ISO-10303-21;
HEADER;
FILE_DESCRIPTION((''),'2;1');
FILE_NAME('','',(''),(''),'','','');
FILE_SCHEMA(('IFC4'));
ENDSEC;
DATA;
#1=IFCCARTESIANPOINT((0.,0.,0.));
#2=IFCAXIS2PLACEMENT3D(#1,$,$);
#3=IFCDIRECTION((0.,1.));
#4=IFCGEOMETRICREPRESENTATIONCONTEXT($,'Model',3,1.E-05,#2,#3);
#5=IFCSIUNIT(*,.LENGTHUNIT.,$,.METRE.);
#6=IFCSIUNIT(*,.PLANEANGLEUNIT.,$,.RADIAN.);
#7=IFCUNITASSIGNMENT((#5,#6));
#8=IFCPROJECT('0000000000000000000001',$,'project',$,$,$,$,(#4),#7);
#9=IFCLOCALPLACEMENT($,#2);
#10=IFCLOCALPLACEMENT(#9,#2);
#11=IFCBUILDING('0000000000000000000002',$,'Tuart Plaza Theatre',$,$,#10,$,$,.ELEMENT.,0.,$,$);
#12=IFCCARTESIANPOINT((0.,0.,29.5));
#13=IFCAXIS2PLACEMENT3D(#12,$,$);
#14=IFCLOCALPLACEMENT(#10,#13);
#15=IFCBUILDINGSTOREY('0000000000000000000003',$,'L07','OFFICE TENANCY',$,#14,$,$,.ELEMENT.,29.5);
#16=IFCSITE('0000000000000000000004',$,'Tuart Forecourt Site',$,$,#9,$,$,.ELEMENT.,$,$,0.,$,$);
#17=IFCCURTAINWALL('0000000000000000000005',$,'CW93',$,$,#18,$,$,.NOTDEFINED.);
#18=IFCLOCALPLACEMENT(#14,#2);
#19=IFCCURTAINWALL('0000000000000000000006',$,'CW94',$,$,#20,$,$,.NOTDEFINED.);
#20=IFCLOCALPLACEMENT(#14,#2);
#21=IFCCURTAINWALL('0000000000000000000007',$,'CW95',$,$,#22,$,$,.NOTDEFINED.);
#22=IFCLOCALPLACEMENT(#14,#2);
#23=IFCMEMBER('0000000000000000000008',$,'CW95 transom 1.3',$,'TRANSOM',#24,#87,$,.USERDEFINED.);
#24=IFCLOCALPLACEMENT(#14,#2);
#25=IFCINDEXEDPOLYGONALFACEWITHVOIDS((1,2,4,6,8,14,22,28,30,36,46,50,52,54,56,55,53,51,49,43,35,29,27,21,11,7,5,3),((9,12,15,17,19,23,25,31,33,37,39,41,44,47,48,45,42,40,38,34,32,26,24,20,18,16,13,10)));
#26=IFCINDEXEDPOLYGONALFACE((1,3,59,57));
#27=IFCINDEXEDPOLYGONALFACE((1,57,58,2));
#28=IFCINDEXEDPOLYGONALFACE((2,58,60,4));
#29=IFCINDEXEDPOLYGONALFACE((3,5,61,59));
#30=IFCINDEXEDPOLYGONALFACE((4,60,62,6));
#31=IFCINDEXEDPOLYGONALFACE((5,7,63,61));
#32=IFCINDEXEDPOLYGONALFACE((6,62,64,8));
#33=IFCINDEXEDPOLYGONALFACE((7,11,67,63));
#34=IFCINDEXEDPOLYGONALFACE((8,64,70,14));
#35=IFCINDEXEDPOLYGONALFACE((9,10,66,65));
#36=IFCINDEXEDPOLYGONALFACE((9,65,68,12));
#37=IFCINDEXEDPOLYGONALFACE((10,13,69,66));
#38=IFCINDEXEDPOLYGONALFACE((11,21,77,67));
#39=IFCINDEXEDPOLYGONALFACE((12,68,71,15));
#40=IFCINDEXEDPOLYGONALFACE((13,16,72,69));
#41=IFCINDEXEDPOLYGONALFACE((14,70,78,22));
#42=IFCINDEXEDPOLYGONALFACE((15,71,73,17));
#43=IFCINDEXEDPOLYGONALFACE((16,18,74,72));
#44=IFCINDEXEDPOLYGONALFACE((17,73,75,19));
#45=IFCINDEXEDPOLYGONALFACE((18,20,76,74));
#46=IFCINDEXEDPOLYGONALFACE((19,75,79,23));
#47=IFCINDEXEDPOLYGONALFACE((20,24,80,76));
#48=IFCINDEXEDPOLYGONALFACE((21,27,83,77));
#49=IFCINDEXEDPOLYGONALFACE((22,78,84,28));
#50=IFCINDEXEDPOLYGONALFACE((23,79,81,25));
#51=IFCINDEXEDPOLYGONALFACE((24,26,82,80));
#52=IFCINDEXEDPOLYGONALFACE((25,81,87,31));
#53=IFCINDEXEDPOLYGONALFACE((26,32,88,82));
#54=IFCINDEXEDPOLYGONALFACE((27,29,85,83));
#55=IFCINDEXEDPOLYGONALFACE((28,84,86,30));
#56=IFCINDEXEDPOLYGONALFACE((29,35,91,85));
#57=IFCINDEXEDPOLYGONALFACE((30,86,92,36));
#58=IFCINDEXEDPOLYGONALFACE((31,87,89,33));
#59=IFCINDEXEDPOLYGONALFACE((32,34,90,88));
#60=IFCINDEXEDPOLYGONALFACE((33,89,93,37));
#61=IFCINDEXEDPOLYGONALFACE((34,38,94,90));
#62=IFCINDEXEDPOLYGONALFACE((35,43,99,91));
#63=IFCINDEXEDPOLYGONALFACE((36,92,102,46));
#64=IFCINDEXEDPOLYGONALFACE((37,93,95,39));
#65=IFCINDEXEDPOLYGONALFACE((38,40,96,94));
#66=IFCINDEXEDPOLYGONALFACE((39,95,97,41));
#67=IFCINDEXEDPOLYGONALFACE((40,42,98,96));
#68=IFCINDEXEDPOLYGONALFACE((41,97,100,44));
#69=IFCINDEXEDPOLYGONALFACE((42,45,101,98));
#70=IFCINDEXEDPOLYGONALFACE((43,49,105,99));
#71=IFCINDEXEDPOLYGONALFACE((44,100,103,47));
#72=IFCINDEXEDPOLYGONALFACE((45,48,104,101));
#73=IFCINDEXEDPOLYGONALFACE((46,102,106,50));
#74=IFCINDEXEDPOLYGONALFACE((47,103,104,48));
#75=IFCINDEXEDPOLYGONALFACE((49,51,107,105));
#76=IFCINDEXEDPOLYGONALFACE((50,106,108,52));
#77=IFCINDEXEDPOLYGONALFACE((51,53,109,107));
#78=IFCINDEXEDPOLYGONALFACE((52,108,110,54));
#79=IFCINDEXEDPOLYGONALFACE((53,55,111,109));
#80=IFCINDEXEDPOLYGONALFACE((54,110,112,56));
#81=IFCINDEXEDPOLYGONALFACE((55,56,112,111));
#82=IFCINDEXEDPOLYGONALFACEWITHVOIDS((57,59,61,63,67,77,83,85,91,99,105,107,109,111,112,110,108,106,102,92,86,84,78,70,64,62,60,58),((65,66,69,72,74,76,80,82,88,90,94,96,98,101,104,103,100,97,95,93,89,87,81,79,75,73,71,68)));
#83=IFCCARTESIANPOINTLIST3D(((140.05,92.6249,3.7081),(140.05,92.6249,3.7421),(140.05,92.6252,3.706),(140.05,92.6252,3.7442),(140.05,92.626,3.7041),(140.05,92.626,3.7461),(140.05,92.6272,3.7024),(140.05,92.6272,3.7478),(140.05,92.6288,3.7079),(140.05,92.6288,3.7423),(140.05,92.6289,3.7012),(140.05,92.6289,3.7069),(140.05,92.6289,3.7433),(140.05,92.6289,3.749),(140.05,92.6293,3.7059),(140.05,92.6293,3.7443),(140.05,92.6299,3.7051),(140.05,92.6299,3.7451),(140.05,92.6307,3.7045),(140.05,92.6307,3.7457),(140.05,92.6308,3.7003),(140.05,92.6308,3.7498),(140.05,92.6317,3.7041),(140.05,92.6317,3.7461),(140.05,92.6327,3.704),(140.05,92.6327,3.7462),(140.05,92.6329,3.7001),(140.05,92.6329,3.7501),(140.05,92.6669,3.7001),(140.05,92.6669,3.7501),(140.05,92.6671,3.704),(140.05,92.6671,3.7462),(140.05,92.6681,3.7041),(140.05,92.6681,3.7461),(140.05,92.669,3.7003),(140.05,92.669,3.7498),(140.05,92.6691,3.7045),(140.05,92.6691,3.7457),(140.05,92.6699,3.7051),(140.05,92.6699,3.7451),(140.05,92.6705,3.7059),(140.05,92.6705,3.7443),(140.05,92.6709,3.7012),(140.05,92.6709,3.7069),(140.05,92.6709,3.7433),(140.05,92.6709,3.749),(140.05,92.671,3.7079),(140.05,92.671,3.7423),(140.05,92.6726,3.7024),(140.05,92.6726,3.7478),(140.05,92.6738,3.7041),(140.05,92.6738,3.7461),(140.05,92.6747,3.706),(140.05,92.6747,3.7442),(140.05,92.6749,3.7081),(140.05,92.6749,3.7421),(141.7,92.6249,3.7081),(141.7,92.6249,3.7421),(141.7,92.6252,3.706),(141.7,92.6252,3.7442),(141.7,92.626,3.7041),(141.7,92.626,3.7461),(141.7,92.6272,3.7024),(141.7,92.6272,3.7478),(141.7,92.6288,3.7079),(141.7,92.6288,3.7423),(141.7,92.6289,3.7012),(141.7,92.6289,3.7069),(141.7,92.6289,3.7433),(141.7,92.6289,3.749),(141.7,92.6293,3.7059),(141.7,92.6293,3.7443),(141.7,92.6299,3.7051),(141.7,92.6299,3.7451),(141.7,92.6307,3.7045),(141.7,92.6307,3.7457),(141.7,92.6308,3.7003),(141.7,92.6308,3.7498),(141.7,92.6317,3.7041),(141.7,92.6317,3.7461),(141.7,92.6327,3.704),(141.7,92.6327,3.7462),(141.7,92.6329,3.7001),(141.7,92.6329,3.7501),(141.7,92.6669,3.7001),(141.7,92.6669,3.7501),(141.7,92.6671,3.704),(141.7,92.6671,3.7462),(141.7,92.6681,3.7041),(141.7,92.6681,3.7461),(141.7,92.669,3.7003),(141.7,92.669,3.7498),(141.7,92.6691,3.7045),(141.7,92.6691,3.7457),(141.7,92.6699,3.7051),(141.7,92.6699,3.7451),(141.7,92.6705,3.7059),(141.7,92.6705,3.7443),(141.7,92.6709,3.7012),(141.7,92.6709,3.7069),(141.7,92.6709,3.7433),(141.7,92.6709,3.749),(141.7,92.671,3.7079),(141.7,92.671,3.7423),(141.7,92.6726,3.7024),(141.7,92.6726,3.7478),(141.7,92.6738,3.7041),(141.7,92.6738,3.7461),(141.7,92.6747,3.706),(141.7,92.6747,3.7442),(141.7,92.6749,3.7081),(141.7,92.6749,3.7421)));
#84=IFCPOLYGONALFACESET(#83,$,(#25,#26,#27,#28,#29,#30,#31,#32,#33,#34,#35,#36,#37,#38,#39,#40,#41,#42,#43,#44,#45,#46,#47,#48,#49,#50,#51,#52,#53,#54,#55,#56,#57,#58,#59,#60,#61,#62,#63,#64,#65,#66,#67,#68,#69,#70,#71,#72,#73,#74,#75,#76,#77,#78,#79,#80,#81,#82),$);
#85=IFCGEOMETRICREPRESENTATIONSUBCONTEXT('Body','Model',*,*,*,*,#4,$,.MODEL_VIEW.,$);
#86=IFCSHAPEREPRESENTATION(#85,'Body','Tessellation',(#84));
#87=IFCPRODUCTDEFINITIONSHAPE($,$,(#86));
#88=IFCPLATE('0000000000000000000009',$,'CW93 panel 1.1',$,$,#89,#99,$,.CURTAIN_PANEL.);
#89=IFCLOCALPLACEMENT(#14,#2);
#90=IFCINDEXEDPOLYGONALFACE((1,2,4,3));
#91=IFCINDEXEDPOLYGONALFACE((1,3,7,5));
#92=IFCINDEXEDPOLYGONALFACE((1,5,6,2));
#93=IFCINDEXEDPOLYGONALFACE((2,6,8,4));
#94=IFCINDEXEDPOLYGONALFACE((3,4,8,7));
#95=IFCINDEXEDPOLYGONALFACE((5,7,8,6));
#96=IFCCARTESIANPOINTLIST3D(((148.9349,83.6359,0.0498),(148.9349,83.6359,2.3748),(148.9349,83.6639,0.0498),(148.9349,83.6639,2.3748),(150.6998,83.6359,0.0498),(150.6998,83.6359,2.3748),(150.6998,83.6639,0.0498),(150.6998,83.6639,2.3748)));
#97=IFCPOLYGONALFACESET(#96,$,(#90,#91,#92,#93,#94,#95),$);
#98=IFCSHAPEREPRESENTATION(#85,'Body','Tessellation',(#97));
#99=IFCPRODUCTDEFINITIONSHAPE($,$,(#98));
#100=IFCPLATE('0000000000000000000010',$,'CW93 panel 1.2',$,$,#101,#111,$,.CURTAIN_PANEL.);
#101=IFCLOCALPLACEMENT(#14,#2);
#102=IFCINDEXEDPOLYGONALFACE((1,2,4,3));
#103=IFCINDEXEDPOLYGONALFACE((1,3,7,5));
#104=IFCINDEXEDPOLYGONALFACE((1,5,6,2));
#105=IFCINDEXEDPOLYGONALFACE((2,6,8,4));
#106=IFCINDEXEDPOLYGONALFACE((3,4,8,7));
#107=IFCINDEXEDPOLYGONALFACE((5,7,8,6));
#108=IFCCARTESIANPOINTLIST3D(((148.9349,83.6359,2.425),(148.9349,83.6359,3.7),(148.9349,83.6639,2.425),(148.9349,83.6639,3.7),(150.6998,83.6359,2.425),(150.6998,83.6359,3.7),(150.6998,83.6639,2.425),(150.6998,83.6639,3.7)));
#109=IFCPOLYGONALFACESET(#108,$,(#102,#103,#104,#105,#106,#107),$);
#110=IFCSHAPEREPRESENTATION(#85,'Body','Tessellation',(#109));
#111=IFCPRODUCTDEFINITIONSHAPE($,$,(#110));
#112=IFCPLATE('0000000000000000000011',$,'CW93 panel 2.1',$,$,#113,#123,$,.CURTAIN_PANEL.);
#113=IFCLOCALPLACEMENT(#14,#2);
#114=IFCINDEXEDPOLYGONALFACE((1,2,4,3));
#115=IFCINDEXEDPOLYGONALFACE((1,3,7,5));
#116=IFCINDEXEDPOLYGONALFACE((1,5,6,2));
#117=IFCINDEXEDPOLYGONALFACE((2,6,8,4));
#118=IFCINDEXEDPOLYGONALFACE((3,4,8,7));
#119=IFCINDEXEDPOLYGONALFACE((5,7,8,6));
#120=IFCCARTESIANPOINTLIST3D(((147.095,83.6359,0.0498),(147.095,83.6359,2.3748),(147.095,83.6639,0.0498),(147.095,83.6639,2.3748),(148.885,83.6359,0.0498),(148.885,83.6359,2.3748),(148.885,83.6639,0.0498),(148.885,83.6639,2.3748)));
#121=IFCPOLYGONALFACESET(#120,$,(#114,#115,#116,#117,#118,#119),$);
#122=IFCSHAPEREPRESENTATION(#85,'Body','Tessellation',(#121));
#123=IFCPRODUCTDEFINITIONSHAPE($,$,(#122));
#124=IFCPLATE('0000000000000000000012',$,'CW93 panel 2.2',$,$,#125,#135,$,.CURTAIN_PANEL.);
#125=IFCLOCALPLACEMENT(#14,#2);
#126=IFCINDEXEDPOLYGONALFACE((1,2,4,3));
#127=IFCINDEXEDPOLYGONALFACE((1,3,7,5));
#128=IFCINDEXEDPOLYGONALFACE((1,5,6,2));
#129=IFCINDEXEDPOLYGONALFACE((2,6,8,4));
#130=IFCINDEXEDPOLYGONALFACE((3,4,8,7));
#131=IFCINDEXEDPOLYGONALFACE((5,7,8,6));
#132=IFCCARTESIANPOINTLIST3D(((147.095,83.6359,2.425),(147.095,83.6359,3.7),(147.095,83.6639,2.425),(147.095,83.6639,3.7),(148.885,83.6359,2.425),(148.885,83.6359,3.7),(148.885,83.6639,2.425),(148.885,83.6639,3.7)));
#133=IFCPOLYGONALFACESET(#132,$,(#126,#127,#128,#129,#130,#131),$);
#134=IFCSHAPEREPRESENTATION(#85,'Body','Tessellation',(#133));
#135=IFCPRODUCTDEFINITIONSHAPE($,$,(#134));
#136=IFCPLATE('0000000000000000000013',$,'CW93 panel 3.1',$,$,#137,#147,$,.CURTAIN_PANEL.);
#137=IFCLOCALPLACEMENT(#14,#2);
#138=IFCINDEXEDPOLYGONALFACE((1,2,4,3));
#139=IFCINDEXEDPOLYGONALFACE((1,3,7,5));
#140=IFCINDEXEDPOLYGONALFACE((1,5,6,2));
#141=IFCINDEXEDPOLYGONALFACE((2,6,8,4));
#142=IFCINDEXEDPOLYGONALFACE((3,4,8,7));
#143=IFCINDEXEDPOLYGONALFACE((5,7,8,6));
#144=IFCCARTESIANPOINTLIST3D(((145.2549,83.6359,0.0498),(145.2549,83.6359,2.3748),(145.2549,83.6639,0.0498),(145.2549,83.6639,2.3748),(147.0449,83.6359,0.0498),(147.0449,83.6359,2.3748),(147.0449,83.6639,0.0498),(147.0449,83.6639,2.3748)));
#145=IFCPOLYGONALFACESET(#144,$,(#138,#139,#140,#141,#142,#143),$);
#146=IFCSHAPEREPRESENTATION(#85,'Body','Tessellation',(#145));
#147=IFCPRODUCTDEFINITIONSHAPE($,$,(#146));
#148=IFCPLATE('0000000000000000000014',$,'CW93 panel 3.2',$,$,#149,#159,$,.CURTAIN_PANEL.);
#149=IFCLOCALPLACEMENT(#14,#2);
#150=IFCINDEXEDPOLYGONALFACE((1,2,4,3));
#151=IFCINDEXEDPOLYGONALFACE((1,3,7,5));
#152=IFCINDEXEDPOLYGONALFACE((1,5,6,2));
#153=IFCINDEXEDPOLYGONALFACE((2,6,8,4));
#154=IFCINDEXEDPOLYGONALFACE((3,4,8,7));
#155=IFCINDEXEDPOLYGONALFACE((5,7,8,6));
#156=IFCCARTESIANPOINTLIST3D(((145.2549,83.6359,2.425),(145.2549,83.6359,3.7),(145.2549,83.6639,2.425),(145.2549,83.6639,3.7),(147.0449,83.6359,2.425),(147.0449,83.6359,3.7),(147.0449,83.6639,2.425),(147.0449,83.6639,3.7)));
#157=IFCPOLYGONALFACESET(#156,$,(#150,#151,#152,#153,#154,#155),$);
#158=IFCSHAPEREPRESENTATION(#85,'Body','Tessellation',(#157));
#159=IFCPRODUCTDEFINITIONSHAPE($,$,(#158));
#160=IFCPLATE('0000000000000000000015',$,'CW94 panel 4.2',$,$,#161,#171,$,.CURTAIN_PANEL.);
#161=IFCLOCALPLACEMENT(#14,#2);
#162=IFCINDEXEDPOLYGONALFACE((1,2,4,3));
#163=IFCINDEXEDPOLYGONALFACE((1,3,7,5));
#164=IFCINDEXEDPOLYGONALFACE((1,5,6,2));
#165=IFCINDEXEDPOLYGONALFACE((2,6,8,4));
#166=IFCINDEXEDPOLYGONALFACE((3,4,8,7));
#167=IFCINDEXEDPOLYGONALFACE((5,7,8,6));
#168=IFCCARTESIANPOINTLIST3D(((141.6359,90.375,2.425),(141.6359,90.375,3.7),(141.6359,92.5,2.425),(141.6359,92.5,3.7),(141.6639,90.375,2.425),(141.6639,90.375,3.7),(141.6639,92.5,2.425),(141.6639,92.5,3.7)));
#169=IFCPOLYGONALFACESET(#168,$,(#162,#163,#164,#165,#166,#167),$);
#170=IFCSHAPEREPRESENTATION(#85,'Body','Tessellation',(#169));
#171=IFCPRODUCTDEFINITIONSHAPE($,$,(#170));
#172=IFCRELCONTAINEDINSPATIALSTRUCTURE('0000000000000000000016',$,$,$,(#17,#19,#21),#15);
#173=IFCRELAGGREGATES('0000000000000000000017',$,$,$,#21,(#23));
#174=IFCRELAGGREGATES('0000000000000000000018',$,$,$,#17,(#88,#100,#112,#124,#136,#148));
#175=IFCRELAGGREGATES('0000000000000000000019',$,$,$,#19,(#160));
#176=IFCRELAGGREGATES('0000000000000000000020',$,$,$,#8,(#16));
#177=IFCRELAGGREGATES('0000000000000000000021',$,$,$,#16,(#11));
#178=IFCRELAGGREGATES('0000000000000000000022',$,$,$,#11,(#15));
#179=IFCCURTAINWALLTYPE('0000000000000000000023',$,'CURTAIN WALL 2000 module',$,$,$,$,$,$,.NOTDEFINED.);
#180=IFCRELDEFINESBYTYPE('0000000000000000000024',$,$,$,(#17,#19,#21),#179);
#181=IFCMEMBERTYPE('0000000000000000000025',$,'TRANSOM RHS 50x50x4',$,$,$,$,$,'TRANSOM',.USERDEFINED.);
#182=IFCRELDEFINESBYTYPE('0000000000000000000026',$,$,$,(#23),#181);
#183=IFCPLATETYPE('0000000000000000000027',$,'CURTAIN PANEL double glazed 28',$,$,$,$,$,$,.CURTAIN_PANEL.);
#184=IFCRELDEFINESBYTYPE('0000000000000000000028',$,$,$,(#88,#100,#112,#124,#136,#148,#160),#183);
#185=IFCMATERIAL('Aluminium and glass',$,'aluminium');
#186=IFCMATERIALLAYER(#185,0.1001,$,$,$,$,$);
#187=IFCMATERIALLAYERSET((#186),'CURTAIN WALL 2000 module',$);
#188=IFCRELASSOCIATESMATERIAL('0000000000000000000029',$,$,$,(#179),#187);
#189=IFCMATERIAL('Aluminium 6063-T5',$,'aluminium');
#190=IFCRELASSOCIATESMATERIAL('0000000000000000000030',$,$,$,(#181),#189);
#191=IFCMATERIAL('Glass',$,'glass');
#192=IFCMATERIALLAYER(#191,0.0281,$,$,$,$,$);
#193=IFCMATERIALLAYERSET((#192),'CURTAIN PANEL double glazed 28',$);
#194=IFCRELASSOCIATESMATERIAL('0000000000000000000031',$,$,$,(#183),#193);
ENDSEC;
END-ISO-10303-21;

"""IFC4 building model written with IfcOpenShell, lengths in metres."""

from ifc_helpers import new_model, si_unit, direction, frame, origin, origin_2d, place, context, subcontext, project, spatial, rectangle, hollow_rectangle, extrude, material, layer, layer_set, material_profile, profile_set, type_object, element, aggregate, save


model = new_model("IFC4")

# Units and contexts
model_context = context("Model", 3, precision=1e-05, world=origin(), true_north=direction((0.0, 1.0)))
body_context = subcontext(model_context, "Body", "Model", "MODEL_VIEW")
ifc_project = project(units=[si_unit("LENGTHUNIT", "METRE"), si_unit("PLANEANGLEUNIT", "RADIAN")], contexts=[model_context])

# Site, building, storey
site_placement = place(None, origin())
site = spatial("IfcSite", under=ifc_project, at=site_placement, Name="Tuart Forecourt Site", CompositionType="ELEMENT", RefElevation=0.0)
building_placement = place(site_placement, origin())
building = spatial("IfcBuilding", under=site, at=building_placement, Name="Tuart Plaza Theatre", CompositionType="ELEMENT", ElevationOfRefHeight=0.0)
storey_placement = place(building_placement, frame((0.0, 0.0, 29.5)))
storey = spatial("IfcBuildingStorey", under=building, at=storey_placement, Name="L07", Description="OFFICE TENANCY", CompositionType="ELEMENT", Elevation=29.5)

# Curtain wall
ifc_material_1 = material(Name="Aluminium and glass", Category="aluminium")
ifc_layer_1 = layer(ifc_material_1, 0.1001)
ifc_layer_set_1 = layer_set([ifc_layer_1], Name="CURTAIN WALL 2000 module")
curtain_wall_type = type_object("IfcCurtainWallType", Name="CURTAIN WALL 2000 module", PredefinedType="NOTDEFINED", material=ifc_layer_set_1)
curtain_wall_1_placement = place(storey_placement, origin())
curtain_wall_1 = element("IfcCurtainWall", 1, at=curtain_wall_1_placement, inside=storey, type_object=curtain_wall_type, Name="CW93", PredefinedType="NOTDEFINED")

# Curtain walls
curtain_wall_2_placement = place(storey_placement, origin())
curtain_wall_2 = element("IfcCurtainWall", 2, at=curtain_wall_2_placement, inside=storey, type_object=curtain_wall_type, Name="CW94", PredefinedType="NOTDEFINED")
curtain_wall_3_placement = place(storey_placement, origin())
curtain_wall_3 = element("IfcCurtainWall", 3, at=curtain_wall_3_placement, inside=storey, type_object=curtain_wall_type, Name="CW95", PredefinedType="NOTDEFINED")

# Member
ifc_material_2 = material(Name="Aluminium 6063-T5", Category="aluminium")
ifc_material_profile_1 = material_profile(ifc_material_2, hollow_rectangle(XDim=0.05, YDim=0.05, WallThickness=0.0039, InnerFilletRadius=0.0039, OuterFilletRadius=0.0081, at=origin_2d()), Name="RHS 50x50x4")
ifc_profile_set_1 = profile_set([ifc_material_profile_1], Name="Aluminium 6063-T5")
member_type_1 = type_object("IfcMemberType", Name="TRANSOM RHS 50x50x4", ElementType="TRANSOM", PredefinedType="USERDEFINED", material=ifc_profile_set_1)
member_1_placement = place(storey_placement, frame((141.7, 92.6499, 3.7251), z_axis=(-1.0, 0.0, 0.0), x_axis=(0.0, -1.0, 0.0)))
member_1 = element("IfcMember", 4, at=member_1_placement, type_object=member_type_1, Name="CW95 transom 1.3", ObjectType="TRANSOM", PredefinedType="USERDEFINED", context=body_context, shape_type="SweptSolid", body=[
    extrude(hollow_rectangle(XDim=0.05, YDim=0.05, WallThickness=0.0039, InnerFilletRadius=0.0039, OuterFilletRadius=0.0081, at=origin_2d()), origin(), (0.0, 0.0, 1.0), 1.6499),
])
aggregate(curtain_wall_3, [member_1])

# Plates
ifc_material_3 = material(Name="Glass", Category="glass")
ifc_layer_2 = layer(ifc_material_3, 0.0281)
ifc_layer_set_2 = layer_set([ifc_layer_2], Name="CURTAIN PANEL double glazed 28")
plate_type = type_object("IfcPlateType", Name="CURTAIN PANEL double glazed 28", PredefinedType="CURTAIN_PANEL", material=ifc_layer_set_2)
plate_1_placement = place(storey_placement, frame((149.8174, 83.6499, 0.0498), z_axis=(0.0, 0.0, 1.0), x_axis=(-1.0, 0.0, 0.0)))
plate_1 = element("IfcPlate", 5, at=plate_1_placement, type_object=plate_type, Name="CW93 panel 1.1", PredefinedType="CURTAIN_PANEL", context=body_context, shape_type="SweptSolid", body=[
    extrude(rectangle(XDim=1.7649, YDim=0.0281, at=origin_2d()), origin(), (0.0, 0.0, 1.0), 2.325),
])
plate_2_placement = place(storey_placement, frame((149.8174, 83.6499, 2.425), z_axis=(0.0, 0.0, 1.0), x_axis=(-1.0, 0.0, 0.0)))
plate_2 = element("IfcPlate", 6, at=plate_2_placement, type_object=plate_type, Name="CW93 panel 1.2", PredefinedType="CURTAIN_PANEL", context=body_context, shape_type="SweptSolid", body=[
    extrude(rectangle(XDim=1.7649, YDim=0.0281, at=origin_2d()), origin(), (0.0, 0.0, 1.0), 1.2749),
])
plate_3_placement = place(storey_placement, frame((147.99, 83.6499, 0.0498), z_axis=(0.0, 0.0, 1.0), x_axis=(-1.0, 0.0, 0.0)))
plate_3 = element("IfcPlate", 7, at=plate_3_placement, type_object=plate_type, Name="CW93 panel 2.1", PredefinedType="CURTAIN_PANEL", context=body_context, shape_type="SweptSolid", body=[
    extrude(rectangle(XDim=1.79, YDim=0.0281, at=origin_2d()), origin(), (0.0, 0.0, 1.0), 2.325),
])
plate_4_placement = place(storey_placement, frame((147.99, 83.6499, 2.425), z_axis=(0.0, 0.0, 1.0), x_axis=(-1.0, 0.0, 0.0)))
plate_4 = element("IfcPlate", 8, at=plate_4_placement, type_object=plate_type, Name="CW93 panel 2.2", PredefinedType="CURTAIN_PANEL", context=body_context, shape_type="SweptSolid", body=[
    extrude(rectangle(XDim=1.79, YDim=0.0281, at=origin_2d()), origin(), (0.0, 0.0, 1.0), 1.2749),
])
plate_5_placement = place(storey_placement, frame((146.1499, 83.6499, 0.0498), z_axis=(0.0, 0.0, 1.0), x_axis=(-1.0, 0.0, 0.0)))
plate_5 = element("IfcPlate", 9, at=plate_5_placement, type_object=plate_type, Name="CW93 panel 3.1", PredefinedType="CURTAIN_PANEL", context=body_context, shape_type="SweptSolid", body=[
    extrude(rectangle(XDim=1.79, YDim=0.0281, at=origin_2d()), origin(), (0.0, 0.0, 1.0), 2.325),
])
plate_6_placement = place(storey_placement, frame((146.1499, 83.6499, 2.425), z_axis=(0.0, 0.0, 1.0), x_axis=(-1.0, 0.0, 0.0)))
plate_6 = element("IfcPlate", 10, at=plate_6_placement, type_object=plate_type, Name="CW93 panel 3.2", PredefinedType="CURTAIN_PANEL", context=body_context, shape_type="SweptSolid", body=[
    extrude(rectangle(XDim=1.79, YDim=0.0281, at=origin_2d()), origin(), (0.0, 0.0, 1.0), 1.2749),
])
aggregate(curtain_wall_1, [plate_1, plate_2, plate_3, plate_4, plate_5, plate_6])
plate_7_placement = place(storey_placement, frame((141.6499, 91.4375, 2.425), z_axis=(0.0, 0.0, 1.0), x_axis=(0.0, 1.0, 0.0)))
plate_7 = element("IfcPlate", 11, at=plate_7_placement, type_object=plate_type, Name="CW94 panel 4.2", PredefinedType="CURTAIN_PANEL", context=body_context, shape_type="SweptSolid", body=[
    extrude(rectangle(XDim=2.125, YDim=0.0281, at=origin_2d()), origin(), (0.0, 0.0, 1.0), 1.2749),
])
aggregate(curtain_wall_2, [plate_7])

save(model, "model.ifc")
